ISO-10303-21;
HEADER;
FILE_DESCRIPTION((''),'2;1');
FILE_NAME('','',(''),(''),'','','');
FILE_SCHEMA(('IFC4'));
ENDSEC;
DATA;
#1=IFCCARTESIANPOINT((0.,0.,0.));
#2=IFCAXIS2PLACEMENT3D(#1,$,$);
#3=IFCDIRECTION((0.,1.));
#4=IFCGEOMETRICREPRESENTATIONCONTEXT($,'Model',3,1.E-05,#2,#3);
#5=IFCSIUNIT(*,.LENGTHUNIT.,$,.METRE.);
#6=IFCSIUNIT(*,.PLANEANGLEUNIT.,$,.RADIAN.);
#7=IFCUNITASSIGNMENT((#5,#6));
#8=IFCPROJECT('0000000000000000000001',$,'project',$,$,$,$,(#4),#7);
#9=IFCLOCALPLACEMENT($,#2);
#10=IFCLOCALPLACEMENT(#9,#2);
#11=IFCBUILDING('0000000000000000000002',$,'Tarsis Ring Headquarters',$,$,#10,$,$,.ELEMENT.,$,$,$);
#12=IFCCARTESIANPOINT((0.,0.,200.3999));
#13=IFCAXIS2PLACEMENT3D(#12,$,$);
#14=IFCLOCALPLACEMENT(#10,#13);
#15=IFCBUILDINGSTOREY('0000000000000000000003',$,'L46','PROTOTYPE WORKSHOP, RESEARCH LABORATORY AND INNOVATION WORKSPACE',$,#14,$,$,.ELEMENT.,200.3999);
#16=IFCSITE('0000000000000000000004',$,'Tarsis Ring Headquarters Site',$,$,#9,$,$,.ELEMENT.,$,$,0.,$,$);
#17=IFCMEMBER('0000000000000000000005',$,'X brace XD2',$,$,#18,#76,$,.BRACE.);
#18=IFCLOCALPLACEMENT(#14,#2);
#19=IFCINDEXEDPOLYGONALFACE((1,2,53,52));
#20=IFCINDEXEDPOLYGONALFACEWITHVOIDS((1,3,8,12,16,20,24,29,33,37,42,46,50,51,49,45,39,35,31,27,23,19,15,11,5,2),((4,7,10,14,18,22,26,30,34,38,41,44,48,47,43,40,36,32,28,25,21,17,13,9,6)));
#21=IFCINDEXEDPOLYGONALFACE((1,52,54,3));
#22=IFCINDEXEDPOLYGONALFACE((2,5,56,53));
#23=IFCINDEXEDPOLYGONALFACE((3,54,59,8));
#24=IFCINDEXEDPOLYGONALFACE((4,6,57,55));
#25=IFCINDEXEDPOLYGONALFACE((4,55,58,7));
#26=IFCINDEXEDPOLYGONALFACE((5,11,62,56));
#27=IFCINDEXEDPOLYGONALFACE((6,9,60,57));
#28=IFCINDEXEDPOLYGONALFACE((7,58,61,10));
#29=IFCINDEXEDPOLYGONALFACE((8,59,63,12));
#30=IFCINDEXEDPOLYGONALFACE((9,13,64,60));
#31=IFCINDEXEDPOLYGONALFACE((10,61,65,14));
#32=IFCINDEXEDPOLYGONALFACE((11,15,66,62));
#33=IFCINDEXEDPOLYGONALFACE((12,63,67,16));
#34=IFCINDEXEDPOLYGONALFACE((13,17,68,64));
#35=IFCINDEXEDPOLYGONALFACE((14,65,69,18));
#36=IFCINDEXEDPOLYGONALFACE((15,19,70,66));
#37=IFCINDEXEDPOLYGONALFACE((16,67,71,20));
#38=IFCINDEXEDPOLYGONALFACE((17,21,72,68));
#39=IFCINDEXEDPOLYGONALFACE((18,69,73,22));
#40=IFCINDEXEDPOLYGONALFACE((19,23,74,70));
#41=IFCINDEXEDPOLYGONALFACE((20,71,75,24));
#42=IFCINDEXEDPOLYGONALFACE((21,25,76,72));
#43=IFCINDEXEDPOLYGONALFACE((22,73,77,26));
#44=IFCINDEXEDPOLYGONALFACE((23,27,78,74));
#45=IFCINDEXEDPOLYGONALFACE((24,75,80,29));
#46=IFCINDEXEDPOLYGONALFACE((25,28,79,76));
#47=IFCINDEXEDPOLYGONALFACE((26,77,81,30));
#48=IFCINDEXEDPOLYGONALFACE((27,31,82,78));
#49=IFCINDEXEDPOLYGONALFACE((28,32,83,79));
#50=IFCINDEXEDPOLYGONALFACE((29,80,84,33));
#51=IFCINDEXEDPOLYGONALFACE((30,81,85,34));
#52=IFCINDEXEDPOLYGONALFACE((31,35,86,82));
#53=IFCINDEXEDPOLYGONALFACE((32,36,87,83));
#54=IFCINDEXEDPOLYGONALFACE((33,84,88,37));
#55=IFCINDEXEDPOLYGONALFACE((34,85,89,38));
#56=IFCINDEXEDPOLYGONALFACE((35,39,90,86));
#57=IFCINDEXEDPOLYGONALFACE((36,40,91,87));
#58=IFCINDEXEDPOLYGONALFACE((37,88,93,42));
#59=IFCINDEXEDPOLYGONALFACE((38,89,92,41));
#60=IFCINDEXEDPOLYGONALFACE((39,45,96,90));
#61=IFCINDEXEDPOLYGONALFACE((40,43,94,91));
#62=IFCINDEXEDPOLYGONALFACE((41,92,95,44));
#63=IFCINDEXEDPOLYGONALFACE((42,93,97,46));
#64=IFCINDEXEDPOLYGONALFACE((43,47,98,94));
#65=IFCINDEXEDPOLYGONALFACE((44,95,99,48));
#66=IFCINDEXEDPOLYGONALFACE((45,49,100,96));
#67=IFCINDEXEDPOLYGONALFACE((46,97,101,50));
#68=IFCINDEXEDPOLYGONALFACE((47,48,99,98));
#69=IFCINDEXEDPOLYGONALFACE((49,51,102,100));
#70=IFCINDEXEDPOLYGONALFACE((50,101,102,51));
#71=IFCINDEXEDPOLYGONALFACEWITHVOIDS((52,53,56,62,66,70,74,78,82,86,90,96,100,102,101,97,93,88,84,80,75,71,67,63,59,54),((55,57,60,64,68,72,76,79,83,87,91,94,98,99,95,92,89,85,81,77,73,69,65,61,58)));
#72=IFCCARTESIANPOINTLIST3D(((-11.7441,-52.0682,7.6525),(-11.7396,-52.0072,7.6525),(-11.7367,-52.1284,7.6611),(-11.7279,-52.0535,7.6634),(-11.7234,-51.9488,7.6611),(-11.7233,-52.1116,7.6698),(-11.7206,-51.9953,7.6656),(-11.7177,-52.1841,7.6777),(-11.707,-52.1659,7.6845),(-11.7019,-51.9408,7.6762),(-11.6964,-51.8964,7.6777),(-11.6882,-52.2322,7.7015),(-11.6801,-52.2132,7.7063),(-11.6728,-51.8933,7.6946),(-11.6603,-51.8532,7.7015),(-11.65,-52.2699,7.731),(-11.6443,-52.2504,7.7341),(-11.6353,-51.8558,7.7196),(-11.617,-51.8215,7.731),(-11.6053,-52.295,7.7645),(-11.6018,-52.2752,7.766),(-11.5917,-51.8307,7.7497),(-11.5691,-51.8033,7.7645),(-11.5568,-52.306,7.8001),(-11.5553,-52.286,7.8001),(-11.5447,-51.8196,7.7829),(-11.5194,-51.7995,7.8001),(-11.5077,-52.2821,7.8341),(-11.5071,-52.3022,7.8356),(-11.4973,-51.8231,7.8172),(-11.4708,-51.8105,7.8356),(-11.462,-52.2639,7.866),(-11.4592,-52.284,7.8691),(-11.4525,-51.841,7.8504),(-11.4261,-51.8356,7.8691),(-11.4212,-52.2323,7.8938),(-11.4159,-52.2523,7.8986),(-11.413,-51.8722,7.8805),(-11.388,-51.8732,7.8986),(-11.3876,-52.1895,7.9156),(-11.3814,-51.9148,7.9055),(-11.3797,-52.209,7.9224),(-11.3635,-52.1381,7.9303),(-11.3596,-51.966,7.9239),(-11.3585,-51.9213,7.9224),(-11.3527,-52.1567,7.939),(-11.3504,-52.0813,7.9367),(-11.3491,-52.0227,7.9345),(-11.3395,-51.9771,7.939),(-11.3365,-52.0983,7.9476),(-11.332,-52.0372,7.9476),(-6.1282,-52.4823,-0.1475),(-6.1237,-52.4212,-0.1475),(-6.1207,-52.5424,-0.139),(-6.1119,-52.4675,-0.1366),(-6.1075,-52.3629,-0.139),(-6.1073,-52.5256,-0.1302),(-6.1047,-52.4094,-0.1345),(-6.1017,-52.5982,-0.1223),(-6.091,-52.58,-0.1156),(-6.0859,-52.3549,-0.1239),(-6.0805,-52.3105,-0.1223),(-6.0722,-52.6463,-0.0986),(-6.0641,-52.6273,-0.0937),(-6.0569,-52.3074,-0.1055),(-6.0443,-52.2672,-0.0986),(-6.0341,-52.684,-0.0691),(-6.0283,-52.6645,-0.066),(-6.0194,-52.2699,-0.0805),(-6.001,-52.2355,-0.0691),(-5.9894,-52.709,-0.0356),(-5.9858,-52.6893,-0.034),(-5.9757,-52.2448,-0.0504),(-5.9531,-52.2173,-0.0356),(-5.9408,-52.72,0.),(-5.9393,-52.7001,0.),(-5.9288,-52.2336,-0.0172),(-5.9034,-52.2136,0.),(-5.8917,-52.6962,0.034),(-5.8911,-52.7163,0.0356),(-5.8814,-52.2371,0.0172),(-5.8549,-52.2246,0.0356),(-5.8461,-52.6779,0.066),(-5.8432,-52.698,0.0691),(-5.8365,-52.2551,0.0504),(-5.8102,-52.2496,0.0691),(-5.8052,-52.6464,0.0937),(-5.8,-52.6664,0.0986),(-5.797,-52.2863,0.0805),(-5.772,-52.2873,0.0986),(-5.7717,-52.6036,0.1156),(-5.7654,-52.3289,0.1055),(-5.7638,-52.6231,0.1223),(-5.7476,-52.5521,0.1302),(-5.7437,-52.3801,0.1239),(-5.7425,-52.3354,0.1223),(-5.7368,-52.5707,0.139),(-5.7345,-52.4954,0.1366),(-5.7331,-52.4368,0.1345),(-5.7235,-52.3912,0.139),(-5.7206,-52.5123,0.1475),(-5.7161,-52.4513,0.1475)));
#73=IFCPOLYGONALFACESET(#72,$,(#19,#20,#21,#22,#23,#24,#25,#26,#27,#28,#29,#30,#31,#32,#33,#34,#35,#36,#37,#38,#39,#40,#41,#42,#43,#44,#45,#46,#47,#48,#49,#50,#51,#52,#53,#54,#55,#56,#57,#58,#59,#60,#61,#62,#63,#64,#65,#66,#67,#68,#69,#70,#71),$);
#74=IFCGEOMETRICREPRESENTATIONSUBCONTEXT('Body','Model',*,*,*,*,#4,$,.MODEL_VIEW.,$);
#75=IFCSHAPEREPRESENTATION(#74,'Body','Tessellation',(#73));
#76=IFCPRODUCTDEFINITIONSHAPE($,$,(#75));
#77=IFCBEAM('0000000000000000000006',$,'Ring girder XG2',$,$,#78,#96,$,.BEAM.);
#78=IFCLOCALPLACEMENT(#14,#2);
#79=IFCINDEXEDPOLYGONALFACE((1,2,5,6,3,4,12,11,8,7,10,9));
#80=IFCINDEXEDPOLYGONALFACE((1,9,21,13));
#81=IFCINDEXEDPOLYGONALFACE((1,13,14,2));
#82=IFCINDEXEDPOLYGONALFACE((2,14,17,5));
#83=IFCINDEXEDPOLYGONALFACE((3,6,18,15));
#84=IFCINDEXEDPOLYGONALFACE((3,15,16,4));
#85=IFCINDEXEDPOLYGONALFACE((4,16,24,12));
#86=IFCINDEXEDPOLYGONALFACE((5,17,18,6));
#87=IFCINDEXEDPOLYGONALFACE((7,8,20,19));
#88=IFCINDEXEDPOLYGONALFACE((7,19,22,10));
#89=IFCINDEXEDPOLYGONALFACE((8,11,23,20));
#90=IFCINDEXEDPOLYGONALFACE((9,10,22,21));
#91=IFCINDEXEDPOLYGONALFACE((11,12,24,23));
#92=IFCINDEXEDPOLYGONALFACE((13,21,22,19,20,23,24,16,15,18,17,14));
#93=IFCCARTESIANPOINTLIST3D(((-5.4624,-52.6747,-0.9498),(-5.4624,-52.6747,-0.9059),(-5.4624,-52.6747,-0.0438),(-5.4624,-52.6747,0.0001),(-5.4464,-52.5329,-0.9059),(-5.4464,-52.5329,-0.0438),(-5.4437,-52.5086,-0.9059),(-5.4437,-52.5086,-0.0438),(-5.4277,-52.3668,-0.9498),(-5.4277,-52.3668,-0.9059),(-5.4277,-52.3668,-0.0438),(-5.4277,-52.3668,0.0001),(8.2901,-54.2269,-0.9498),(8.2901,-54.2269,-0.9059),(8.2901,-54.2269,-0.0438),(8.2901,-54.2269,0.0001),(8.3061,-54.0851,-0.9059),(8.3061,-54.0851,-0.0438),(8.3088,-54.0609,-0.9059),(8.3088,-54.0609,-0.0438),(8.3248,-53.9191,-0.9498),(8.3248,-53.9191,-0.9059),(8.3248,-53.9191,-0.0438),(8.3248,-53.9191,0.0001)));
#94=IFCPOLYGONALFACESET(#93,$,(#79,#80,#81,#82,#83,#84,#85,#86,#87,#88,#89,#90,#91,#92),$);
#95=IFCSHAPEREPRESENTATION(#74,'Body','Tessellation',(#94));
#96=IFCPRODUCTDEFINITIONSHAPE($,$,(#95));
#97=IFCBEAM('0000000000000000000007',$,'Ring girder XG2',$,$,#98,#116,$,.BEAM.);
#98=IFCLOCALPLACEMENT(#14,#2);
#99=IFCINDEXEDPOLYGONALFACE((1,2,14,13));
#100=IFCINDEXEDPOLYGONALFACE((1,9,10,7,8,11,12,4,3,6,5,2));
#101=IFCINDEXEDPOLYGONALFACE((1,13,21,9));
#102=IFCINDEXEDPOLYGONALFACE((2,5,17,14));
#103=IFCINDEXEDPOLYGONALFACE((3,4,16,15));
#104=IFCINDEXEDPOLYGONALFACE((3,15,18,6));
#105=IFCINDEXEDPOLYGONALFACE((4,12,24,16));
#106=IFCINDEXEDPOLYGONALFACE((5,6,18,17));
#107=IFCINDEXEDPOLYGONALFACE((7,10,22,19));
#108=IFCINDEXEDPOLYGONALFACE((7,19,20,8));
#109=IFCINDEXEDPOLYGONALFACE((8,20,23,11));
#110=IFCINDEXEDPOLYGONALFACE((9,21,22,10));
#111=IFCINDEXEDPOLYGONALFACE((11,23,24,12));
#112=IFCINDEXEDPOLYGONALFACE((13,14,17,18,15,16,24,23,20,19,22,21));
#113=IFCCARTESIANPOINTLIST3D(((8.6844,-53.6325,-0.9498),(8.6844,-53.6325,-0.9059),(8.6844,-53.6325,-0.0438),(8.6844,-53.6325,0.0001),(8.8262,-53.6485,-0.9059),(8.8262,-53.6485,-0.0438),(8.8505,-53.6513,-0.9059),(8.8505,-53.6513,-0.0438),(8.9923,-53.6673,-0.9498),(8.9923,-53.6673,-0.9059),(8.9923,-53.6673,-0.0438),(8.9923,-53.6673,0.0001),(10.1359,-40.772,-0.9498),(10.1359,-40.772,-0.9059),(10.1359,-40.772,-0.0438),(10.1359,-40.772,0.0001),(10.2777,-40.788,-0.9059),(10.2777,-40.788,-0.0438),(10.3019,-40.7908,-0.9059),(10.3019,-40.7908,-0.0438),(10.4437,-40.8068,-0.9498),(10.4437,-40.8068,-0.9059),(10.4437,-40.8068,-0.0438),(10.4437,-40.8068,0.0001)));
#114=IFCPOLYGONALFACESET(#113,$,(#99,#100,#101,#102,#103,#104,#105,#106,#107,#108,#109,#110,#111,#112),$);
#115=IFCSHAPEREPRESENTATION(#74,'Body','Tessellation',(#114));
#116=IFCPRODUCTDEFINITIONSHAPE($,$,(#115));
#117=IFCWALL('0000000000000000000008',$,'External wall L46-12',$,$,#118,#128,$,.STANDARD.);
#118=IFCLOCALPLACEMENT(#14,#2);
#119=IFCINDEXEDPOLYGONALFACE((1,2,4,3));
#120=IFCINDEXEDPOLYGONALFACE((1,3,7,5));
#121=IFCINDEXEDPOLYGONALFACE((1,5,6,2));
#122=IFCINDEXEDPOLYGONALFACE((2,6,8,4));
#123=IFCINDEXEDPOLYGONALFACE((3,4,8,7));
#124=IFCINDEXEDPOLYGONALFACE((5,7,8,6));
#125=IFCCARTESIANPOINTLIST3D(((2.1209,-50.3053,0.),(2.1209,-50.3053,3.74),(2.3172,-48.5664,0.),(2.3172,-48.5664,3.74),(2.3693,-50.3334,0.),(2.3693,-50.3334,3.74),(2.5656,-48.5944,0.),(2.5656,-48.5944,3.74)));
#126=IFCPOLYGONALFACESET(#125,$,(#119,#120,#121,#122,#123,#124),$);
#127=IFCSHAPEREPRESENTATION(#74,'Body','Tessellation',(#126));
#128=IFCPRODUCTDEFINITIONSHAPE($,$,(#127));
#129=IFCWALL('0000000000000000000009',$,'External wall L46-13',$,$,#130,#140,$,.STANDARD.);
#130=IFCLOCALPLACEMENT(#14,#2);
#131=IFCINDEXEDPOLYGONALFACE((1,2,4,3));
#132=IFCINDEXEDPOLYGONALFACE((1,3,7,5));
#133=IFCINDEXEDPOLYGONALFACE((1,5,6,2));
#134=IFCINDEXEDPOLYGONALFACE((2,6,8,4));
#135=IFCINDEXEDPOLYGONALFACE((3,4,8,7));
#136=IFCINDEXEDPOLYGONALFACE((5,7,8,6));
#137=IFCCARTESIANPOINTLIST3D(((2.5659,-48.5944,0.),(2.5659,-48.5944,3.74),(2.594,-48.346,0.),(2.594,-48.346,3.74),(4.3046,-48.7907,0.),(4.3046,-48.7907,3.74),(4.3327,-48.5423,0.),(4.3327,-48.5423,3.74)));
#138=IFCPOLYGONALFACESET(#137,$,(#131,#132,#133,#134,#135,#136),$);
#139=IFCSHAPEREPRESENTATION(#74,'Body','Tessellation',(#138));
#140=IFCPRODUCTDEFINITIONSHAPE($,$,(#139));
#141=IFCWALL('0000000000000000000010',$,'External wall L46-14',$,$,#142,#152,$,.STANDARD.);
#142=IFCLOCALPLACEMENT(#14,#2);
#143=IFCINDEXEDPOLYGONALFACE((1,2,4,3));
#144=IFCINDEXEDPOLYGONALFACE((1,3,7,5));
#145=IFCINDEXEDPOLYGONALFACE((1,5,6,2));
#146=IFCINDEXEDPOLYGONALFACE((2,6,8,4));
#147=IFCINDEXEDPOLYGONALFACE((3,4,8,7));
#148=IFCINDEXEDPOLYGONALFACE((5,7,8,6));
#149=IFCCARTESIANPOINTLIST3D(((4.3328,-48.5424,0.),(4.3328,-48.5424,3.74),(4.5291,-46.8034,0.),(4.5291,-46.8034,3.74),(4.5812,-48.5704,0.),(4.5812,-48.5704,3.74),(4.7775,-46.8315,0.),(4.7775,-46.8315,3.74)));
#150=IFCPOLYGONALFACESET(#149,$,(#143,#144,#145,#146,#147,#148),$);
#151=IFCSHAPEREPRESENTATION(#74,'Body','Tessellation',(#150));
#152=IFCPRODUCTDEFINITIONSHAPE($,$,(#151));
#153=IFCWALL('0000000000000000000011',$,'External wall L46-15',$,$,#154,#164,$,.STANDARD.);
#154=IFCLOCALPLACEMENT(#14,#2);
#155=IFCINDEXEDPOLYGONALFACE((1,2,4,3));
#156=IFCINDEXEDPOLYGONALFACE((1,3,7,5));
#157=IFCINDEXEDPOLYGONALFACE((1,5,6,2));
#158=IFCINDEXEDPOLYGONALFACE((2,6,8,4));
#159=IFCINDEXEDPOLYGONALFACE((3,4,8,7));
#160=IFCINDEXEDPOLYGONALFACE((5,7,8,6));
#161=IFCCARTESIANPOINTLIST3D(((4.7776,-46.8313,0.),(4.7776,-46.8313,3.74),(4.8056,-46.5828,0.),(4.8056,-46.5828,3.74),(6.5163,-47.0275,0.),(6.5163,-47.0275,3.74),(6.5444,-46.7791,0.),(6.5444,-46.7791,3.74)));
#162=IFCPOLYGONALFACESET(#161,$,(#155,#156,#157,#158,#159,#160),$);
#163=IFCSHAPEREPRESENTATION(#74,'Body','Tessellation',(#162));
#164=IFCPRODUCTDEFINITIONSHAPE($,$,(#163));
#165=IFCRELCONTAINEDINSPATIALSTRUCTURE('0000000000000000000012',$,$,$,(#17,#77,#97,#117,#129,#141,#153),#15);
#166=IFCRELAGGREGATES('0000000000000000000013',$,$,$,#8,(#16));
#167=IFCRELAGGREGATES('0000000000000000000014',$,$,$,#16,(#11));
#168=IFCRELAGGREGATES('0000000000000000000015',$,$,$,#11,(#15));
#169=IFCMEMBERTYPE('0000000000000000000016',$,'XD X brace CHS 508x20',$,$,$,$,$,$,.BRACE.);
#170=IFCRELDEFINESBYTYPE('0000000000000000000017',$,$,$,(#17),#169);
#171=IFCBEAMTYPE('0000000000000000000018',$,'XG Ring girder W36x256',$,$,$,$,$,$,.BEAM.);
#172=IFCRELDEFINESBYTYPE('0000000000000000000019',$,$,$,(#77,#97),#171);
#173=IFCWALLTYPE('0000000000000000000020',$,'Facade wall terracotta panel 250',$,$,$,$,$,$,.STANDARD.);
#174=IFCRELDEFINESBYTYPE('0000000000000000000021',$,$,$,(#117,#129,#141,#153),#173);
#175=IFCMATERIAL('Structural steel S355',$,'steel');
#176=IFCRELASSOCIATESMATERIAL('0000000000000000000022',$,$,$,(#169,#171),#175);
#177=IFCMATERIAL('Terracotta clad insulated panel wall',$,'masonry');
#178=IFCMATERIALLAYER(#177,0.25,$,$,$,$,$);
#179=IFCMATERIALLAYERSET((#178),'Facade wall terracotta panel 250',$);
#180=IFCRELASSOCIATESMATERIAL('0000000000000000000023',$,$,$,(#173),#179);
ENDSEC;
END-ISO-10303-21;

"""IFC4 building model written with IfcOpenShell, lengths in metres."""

from ifc_helpers import new_model, si_unit, direction, frame, frame_2d, origin, origin_2d, place, context, subcontext, project, spatial, rectangle, hollow_circle, i_section, extrude, material, layer, layer_set, material_profile, profile_set, type_object, element, save


model = new_model("IFC4")

# Units and contexts
model_context = context("Model", 3, precision=1e-05, world=origin(), true_north=direction((0.0, 1.0)))
body_context = subcontext(model_context, "Body", "Model", "MODEL_VIEW")
ifc_project = project(units=[si_unit("LENGTHUNIT", "METRE"), si_unit("PLANEANGLEUNIT", "RADIAN")], contexts=[model_context])

# Site, building, storey
site_placement = place(None, origin())
site = spatial("IfcSite", under=ifc_project, at=site_placement, Name="Tarsis Ring Headquarters Site", CompositionType="ELEMENT", RefElevation=0.0)
building_placement = place(site_placement, origin())
building = spatial("IfcBuilding", under=site, at=building_placement, Name="Tarsis Ring Headquarters", CompositionType="ELEMENT")
storey_placement = place(building_placement, frame((0.0, 0.0, 200.3999)))
storey = spatial("IfcBuildingStorey", under=building, at=storey_placement, Name="L46", Description="PROTOTYPE WORKSHOP, RESEARCH LABORATORY AND INNOVATION WORKSPACE", CompositionType="ELEMENT", Elevation=200.3999)

# Shared definitions
ifc_material_1 = material(Name="Structural steel S355", Category="steel")

# Member
ifc_material_profile_1 = material_profile(ifc_material_1, hollow_circle(Radius=0.2539, WallThickness=0.02, at=origin_2d()), Name="CHS 508x20")
ifc_profile_set_1 = profile_set([ifc_material_profile_1], Name="Structural steel S355")
member_type = type_object("IfcMemberType", Name="XD X brace CHS 508x20", PredefinedType="BRACE", material=ifc_profile_set_1)
member_placement = place(storey_placement, frame((-5.9221, -52.4668, 0.0), z_axis=(-0.583759, 0.04304, 0.810786), x_axis=(-0.07353, -0.997293, 0.0)))
element("IfcMember", 1, at=member_placement, inside=storey, type_object=member_type, Name="X brace XD2", PredefinedType="BRACE", context=body_context, shape_type="SweptSolid", body=[
    extrude(hollow_circle(Radius=0.2539, WallThickness=0.02, at=origin_2d()), origin(), (0.0, 0.0, 1.0), 9.6204),
])

# Beams
ifc_material_profile_2 = material_profile(ifc_material_1, i_section(OverallWidth=0.3098, OverallDepth=0.95, WebThickness=0.0244, FlangeThickness=0.0439, at=origin_2d()), Name="W36x256")
ifc_profile_set_2 = profile_set([ifc_material_profile_2], Name="Structural steel S355")
beam_type = type_object("IfcBeamType", Name="XG Ring girder W36x256", PredefinedType="BEAM", material=ifc_profile_set_2)
beam_1_placement = place(storey_placement, frame((-5.4451, -52.5208, -0.4749), z_axis=(0.99369, -0.112158, 0.0), x_axis=(0.112158, 0.99369, 0.0)))
element("IfcBeam", 2, at=beam_1_placement, inside=storey, type_object=beam_type, Name="Ring girder XG2", PredefinedType="BEAM", context=body_context, shape_type="SweptSolid", body=[
    extrude(i_section(OverallWidth=0.3098, OverallDepth=0.95, WebThickness=0.0244, FlangeThickness=0.0439, at=origin_2d()), origin(), (0.0, 0.0, 1.0), 13.8398),
])
beam_2_placement = place(storey_placement, frame((8.8384, -53.6499, -0.4749), z_axis=(0.112146, 0.993692, 0.0), x_axis=(-0.993692, 0.112146, 0.0)))
element("IfcBeam", 3, at=beam_2_placement, inside=storey, type_object=beam_type, Name="Ring girder XG2", PredefinedType="BEAM", context=body_context, shape_type="SweptSolid", body=[
    extrude(i_section(OverallWidth=0.3098, OverallDepth=0.95, WebThickness=0.0244, FlangeThickness=0.0439, at=origin_2d()), origin(), (0.0, 0.0, 1.0), 12.9421),
])

# Walls
ifc_material_2 = material(Name="Terracotta clad insulated panel wall", Category="masonry")
ifc_layer = layer(ifc_material_2, 0.25)
ifc_layer_set = layer_set([ifc_layer], Name="Facade wall terracotta panel 250")
wall_type = type_object("IfcWallType", Name="Facade wall terracotta panel 250", PredefinedType="STANDARD", material=ifc_layer_set)
wall_1_placement = place(storey_placement, frame((2.2451, -50.3193, 0.0), z_axis=(0.0, 0.0, 1.0), x_axis=(0.112162, 0.99369, 0.0)))
element("IfcWall", 4, at=wall_1_placement, inside=storey, type_object=wall_type, Name="External wall L46-12", PredefinedType="STANDARD", context=body_context, shape_type="SweptSolid", body=[
    extrude(rectangle(XDim=1.75, YDim=0.25, at=frame_2d((0.875, 0.0))), origin(), (0.0, 0.0, 1.0), 3.74),
])
wall_2_placement = place(storey_placement, frame((2.5798, -48.4702, 0.0), z_axis=(0.0, 0.0, 1.0), x_axis=(0.993688, -0.112177, 0.0)))
element("IfcWall", 5, at=wall_2_placement, inside=storey, type_object=wall_type, Name="External wall L46-13", PredefinedType="STANDARD", context=body_context, shape_type="SweptSolid", body=[
    extrude(rectangle(XDim=1.7498, YDim=0.25, at=frame_2d((0.875, 0.0))), origin(), (0.0, 0.0, 1.0), 3.74),
])
wall_3_placement = place(storey_placement, frame((4.457, -48.5564, 0.0), z_axis=(0.0, 0.0, 1.0), x_axis=(0.112162, 0.99369, 0.0)))
element("IfcWall", 6, at=wall_3_placement, inside=storey, type_object=wall_type, Name="External wall L46-14", PredefinedType="STANDARD", context=body_context, shape_type="SweptSolid", body=[
    extrude(rectangle(XDim=1.75, YDim=0.25, at=frame_2d((0.875, 0.0))), origin(), (0.0, 0.0, 1.0), 3.74),
])
wall_4_placement = place(storey_placement, frame((4.7915, -46.707, 0.0), z_axis=(0.0, 0.0, 1.0), x_axis=(0.993688, -0.112177, 0.0)))
element("IfcWall", 7, at=wall_4_placement, inside=storey, type_object=wall_type, Name="External wall L46-15", PredefinedType="STANDARD", context=body_context, shape_type="SweptSolid", body=[
    extrude(rectangle(XDim=1.7498, YDim=0.25, at=frame_2d((0.875, 0.0))), origin(), (0.0, 0.0, 1.0), 3.74),
])

save(model, "model.ifc")
